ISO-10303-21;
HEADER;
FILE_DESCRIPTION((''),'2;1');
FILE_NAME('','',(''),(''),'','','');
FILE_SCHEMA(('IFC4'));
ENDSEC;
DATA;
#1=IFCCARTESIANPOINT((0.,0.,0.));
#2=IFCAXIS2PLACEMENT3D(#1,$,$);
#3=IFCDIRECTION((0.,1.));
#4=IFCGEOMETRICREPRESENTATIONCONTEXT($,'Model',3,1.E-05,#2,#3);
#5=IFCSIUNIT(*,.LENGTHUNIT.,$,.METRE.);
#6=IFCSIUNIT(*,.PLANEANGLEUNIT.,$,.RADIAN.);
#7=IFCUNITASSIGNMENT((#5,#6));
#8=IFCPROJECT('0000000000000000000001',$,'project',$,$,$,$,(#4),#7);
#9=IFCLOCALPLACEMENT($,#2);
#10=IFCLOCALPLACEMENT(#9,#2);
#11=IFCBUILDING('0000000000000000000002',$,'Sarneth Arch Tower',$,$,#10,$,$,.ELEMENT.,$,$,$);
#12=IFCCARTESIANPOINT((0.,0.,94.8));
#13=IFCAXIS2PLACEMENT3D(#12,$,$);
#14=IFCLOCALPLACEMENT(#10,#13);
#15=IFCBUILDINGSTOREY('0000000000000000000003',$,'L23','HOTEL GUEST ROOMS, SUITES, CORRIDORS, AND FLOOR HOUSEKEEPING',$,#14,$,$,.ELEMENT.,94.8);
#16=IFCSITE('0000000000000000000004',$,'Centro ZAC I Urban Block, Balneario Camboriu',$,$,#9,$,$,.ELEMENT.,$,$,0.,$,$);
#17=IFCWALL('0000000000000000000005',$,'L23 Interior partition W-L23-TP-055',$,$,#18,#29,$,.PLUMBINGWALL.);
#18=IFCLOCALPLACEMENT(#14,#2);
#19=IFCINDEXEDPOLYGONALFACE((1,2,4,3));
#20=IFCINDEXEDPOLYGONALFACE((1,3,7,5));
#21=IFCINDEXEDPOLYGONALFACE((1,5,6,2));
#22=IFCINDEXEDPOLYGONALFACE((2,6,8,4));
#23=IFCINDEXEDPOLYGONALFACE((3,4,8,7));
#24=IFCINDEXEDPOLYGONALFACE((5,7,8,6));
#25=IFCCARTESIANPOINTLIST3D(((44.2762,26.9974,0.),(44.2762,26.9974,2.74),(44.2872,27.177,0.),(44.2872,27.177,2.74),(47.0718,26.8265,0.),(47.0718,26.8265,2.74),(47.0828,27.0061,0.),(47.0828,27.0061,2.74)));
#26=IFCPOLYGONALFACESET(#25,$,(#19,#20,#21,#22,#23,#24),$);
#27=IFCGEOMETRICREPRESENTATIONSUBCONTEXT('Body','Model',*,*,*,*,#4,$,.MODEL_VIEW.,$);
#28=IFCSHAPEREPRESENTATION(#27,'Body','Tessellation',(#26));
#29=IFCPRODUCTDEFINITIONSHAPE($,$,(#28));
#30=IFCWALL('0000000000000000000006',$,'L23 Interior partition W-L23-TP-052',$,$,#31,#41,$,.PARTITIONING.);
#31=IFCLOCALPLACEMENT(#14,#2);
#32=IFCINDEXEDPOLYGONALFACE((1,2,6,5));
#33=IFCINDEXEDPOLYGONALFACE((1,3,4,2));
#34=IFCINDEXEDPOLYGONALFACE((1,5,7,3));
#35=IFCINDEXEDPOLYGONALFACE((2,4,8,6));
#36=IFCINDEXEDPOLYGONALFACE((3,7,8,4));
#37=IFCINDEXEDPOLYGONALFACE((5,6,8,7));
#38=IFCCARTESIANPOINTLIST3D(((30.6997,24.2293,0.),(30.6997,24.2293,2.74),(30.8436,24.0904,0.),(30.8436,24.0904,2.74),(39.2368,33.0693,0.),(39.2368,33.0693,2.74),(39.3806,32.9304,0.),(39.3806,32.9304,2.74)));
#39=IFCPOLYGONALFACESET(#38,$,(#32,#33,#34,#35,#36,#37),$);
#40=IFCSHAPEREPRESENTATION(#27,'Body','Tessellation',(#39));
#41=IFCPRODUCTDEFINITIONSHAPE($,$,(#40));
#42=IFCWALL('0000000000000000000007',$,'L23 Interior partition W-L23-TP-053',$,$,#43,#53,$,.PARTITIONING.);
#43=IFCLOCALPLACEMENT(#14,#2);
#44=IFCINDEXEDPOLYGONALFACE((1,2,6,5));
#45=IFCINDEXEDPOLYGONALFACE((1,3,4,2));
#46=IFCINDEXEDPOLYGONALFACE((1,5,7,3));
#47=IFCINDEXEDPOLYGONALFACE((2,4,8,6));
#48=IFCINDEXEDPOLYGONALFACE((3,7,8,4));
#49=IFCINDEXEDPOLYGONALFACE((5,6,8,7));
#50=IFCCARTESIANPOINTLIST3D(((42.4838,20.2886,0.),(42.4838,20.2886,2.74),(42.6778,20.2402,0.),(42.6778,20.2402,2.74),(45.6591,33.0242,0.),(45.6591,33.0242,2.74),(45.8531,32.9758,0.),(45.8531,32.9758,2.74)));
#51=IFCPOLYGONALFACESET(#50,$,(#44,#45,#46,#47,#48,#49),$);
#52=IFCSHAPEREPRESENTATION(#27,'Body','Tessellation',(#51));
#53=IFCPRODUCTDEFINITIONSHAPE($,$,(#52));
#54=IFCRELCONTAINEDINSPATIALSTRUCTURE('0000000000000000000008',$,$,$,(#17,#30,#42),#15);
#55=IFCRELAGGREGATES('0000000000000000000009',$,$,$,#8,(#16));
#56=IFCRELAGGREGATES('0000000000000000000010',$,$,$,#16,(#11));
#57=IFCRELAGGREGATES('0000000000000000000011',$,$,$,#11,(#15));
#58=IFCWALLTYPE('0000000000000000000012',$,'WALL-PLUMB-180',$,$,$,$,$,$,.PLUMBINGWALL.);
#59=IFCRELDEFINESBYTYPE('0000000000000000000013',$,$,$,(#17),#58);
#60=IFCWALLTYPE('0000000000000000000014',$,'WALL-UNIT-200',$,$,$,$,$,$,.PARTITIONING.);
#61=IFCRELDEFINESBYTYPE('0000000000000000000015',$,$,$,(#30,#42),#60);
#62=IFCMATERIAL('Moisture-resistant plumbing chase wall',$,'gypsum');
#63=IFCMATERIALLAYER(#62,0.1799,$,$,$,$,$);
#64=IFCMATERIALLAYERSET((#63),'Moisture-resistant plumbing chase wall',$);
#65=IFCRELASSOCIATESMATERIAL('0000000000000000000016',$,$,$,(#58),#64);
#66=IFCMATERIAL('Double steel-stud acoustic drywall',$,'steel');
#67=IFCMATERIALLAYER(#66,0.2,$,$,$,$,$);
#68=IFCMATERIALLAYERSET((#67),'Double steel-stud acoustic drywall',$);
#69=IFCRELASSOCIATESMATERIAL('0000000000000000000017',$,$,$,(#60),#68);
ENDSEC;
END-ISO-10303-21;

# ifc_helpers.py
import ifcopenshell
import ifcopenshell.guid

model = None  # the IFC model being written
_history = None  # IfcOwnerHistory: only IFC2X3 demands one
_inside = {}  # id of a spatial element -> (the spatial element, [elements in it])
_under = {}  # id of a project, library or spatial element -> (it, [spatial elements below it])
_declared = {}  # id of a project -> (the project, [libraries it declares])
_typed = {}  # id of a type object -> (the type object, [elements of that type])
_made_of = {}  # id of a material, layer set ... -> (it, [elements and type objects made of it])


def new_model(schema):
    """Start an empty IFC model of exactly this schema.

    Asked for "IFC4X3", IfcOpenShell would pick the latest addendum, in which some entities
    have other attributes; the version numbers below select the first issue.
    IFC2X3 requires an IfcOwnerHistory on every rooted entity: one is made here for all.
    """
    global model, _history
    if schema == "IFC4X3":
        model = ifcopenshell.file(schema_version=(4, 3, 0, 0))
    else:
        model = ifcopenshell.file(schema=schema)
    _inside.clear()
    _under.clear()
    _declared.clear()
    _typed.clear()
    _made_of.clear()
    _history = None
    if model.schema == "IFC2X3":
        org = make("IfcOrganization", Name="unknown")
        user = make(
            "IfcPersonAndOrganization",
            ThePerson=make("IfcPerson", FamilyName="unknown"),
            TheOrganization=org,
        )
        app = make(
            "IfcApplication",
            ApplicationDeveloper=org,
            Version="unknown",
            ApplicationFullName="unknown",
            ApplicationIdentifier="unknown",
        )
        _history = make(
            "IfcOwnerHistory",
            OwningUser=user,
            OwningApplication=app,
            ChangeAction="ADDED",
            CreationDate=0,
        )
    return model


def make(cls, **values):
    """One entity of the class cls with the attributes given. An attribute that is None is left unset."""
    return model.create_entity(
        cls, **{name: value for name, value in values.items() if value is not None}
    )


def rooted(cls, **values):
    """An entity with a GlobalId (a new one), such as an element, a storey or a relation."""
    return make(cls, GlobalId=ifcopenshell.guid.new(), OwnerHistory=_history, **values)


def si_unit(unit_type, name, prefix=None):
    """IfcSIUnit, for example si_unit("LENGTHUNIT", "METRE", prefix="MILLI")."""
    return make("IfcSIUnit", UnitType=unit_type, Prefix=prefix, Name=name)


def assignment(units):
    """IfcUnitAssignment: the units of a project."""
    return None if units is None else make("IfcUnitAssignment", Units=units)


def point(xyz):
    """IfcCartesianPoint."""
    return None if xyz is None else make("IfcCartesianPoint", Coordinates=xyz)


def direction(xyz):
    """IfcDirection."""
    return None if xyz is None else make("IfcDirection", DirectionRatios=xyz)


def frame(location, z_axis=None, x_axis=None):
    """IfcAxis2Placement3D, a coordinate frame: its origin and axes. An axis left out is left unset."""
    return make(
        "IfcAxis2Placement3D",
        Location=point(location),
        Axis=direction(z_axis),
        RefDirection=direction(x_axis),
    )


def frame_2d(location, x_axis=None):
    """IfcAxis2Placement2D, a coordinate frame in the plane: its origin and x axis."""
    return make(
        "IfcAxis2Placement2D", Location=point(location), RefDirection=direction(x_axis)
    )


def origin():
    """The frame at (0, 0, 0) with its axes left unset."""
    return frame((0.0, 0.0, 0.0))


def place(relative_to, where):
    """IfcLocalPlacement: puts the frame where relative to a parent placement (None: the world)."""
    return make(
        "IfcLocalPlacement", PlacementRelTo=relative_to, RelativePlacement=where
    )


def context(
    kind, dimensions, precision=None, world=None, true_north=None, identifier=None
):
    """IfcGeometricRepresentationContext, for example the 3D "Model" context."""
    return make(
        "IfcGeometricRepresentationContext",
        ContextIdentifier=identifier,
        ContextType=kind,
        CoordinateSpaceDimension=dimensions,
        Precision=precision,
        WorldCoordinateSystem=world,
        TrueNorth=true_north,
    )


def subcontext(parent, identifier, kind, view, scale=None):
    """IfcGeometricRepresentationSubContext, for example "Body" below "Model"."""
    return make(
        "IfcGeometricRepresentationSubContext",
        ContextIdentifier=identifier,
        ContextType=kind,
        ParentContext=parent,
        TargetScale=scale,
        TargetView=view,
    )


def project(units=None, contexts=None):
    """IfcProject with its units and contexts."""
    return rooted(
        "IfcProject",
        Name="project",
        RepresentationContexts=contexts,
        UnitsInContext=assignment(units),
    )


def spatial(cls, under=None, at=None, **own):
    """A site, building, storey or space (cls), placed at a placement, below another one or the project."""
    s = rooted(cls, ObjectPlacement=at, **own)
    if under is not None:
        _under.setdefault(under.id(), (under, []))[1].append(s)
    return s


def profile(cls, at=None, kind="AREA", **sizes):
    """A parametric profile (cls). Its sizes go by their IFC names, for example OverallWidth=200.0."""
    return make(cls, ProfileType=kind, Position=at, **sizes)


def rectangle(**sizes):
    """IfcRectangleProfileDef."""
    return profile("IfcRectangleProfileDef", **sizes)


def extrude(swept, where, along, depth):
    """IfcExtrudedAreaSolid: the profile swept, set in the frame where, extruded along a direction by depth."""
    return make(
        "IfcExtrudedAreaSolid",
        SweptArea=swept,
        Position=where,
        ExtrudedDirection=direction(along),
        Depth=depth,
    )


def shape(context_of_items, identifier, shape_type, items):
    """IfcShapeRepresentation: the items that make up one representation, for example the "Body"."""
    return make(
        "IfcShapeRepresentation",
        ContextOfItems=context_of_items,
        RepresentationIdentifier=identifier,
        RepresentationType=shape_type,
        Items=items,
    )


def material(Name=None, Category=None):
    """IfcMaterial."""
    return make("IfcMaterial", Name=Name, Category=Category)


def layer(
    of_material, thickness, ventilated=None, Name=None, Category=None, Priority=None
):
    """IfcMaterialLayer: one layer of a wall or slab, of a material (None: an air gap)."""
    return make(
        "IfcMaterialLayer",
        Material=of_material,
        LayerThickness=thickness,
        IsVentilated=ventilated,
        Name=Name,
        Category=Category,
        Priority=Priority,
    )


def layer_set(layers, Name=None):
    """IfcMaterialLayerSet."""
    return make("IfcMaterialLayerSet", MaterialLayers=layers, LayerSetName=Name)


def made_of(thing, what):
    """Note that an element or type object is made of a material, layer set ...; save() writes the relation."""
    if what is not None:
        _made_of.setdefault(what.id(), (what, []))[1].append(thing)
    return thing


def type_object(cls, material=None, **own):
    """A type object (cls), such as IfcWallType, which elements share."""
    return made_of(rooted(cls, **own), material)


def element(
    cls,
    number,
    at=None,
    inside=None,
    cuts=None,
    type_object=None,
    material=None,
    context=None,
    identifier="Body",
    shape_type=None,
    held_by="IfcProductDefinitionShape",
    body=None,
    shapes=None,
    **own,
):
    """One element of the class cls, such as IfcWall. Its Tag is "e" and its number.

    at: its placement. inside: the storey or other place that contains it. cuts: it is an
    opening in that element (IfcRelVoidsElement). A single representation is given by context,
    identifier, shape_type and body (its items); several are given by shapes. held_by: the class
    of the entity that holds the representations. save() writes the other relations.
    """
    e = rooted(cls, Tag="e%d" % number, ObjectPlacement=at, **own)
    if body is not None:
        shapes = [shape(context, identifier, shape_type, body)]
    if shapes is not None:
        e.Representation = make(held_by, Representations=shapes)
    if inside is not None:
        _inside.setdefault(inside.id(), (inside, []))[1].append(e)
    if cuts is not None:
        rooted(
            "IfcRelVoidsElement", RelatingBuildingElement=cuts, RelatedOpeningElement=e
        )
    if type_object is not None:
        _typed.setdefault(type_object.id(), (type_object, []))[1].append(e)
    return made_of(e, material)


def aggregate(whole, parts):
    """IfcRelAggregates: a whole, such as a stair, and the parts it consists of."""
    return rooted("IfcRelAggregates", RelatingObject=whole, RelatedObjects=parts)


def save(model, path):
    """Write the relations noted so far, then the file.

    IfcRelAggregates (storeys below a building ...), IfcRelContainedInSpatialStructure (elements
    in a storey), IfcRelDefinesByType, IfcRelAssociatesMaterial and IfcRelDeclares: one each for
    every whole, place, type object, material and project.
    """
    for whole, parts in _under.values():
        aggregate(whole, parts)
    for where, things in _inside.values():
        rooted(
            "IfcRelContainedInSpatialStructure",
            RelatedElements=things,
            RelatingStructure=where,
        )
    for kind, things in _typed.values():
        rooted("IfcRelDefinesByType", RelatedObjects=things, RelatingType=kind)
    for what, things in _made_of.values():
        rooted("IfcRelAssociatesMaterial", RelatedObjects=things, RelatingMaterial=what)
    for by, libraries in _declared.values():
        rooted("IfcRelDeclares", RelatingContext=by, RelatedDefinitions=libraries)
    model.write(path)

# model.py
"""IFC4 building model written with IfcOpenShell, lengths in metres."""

from ifc_helpers import new_model, si_unit, direction, frame, frame_2d, origin, place, context, subcontext, project, spatial, rectangle, extrude, material, layer, layer_set, type_object, element, save


model = new_model("IFC4")

# Units and contexts
model_context = context("Model", 3, precision=1e-05, world=origin(), true_north=direction((0.0, 1.0)))
body_context = subcontext(model_context, "Body", "Model", "MODEL_VIEW")
ifc_project = project(units=[si_unit("LENGTHUNIT", "METRE"), si_unit("PLANEANGLEUNIT", "RADIAN")], contexts=[model_context])

# Site, building, storey
site_placement = place(None, origin())
site = spatial("IfcSite", under=ifc_project, at=site_placement, Name="Centro ZAC I Urban Block, Balneario Camboriu", CompositionType="ELEMENT", RefElevation=0.0)
building_placement = place(site_placement, origin())
building = spatial("IfcBuilding", under=site, at=building_placement, Name="Sarneth Arch Tower", CompositionType="ELEMENT")
storey_placement = place(building_placement, frame((0.0, 0.0, 94.8)))
storey = spatial("IfcBuildingStorey", under=building, at=storey_placement, Name="L23", Description="HOTEL GUEST ROOMS, SUITES, CORRIDORS, AND FLOOR HOUSEKEEPING", CompositionType="ELEMENT", Elevation=94.8)

# Shared definitions
ifc_material_1 = material(Name="Moisture-resistant plumbing chase wall", Category="gypsum")
ifc_layer_1 = layer(ifc_material_1, 0.1799)
ifc_layer_set_1 = layer_set([ifc_layer_1], Name="Moisture-resistant plumbing chase wall")
wall_type_1 = type_object("IfcWallType", Name="WALL-PLUMB-180", PredefinedType="PLUMBINGWALL", material=ifc_layer_set_1)

# Walls
wall_1_placement = place(storey_placement, frame((44.2817, 27.0872, 0.0), z_axis=(0.0, 0.0, 1.0), x_axis=(0.998137, -0.061016, 0.0)))
element("IfcWall", 1, at=wall_1_placement, inside=storey, type_object=wall_type_1, Name="L23 Interior partition W-L23-TP-055", PredefinedType="PLUMBINGWALL", context=body_context, shape_type="SweptSolid", body=[
    extrude(rectangle(XDim=2.8008, YDim=0.1799, at=frame_2d((1.4004, 0.0))), origin(), (0.0, 0.0, 1.0), 2.74),
])
ifc_material_2 = material(Name="Double steel-stud acoustic drywall", Category="steel")
ifc_layer_2 = layer(ifc_material_2, 0.2)
ifc_layer_set_2 = layer_set([ifc_layer_2], Name="Double steel-stud acoustic drywall")
wall_type_2 = type_object("IfcWallType", Name="WALL-UNIT-200", PredefinedType="PARTITIONING", material=ifc_layer_set_2)
wall_2_placement = place(storey_placement, frame((30.7717, 24.1599, 0.0), z_axis=(0.0, 0.0, 1.0), x_axis=(0.694673, 0.719326, 0.0)))
element("IfcWall", 2, at=wall_2_placement, inside=storey, type_object=wall_type_2, Name="L23 Interior partition W-L23-TP-052", PredefinedType="PARTITIONING", context=body_context, shape_type="SweptSolid", body=[
    extrude(rectangle(XDim=12.2893, YDim=0.2, at=frame_2d((6.1445, 0.0))), origin(), (0.0, 0.0, 1.0), 2.74),
])
wall_3_placement = place(storey_placement, frame((45.7561, 33.0, 0.0), z_axis=(0.0, 0.0, 1.0), x_axis=(-0.241918, -0.970297, 0.0)))
element("IfcWall", 3, at=wall_3_placement, inside=storey, type_object=wall_type_2, Name="L23 Interior partition W-L23-TP-053", PredefinedType="PARTITIONING", context=body_context, shape_type="SweptSolid", body=[
    extrude(rectangle(XDim=13.1255, YDim=0.2, at=frame_2d((6.5627, 0.0))), origin(), (0.0, 0.0, 1.0), 2.74),
])

save(model, "model.ifc")
